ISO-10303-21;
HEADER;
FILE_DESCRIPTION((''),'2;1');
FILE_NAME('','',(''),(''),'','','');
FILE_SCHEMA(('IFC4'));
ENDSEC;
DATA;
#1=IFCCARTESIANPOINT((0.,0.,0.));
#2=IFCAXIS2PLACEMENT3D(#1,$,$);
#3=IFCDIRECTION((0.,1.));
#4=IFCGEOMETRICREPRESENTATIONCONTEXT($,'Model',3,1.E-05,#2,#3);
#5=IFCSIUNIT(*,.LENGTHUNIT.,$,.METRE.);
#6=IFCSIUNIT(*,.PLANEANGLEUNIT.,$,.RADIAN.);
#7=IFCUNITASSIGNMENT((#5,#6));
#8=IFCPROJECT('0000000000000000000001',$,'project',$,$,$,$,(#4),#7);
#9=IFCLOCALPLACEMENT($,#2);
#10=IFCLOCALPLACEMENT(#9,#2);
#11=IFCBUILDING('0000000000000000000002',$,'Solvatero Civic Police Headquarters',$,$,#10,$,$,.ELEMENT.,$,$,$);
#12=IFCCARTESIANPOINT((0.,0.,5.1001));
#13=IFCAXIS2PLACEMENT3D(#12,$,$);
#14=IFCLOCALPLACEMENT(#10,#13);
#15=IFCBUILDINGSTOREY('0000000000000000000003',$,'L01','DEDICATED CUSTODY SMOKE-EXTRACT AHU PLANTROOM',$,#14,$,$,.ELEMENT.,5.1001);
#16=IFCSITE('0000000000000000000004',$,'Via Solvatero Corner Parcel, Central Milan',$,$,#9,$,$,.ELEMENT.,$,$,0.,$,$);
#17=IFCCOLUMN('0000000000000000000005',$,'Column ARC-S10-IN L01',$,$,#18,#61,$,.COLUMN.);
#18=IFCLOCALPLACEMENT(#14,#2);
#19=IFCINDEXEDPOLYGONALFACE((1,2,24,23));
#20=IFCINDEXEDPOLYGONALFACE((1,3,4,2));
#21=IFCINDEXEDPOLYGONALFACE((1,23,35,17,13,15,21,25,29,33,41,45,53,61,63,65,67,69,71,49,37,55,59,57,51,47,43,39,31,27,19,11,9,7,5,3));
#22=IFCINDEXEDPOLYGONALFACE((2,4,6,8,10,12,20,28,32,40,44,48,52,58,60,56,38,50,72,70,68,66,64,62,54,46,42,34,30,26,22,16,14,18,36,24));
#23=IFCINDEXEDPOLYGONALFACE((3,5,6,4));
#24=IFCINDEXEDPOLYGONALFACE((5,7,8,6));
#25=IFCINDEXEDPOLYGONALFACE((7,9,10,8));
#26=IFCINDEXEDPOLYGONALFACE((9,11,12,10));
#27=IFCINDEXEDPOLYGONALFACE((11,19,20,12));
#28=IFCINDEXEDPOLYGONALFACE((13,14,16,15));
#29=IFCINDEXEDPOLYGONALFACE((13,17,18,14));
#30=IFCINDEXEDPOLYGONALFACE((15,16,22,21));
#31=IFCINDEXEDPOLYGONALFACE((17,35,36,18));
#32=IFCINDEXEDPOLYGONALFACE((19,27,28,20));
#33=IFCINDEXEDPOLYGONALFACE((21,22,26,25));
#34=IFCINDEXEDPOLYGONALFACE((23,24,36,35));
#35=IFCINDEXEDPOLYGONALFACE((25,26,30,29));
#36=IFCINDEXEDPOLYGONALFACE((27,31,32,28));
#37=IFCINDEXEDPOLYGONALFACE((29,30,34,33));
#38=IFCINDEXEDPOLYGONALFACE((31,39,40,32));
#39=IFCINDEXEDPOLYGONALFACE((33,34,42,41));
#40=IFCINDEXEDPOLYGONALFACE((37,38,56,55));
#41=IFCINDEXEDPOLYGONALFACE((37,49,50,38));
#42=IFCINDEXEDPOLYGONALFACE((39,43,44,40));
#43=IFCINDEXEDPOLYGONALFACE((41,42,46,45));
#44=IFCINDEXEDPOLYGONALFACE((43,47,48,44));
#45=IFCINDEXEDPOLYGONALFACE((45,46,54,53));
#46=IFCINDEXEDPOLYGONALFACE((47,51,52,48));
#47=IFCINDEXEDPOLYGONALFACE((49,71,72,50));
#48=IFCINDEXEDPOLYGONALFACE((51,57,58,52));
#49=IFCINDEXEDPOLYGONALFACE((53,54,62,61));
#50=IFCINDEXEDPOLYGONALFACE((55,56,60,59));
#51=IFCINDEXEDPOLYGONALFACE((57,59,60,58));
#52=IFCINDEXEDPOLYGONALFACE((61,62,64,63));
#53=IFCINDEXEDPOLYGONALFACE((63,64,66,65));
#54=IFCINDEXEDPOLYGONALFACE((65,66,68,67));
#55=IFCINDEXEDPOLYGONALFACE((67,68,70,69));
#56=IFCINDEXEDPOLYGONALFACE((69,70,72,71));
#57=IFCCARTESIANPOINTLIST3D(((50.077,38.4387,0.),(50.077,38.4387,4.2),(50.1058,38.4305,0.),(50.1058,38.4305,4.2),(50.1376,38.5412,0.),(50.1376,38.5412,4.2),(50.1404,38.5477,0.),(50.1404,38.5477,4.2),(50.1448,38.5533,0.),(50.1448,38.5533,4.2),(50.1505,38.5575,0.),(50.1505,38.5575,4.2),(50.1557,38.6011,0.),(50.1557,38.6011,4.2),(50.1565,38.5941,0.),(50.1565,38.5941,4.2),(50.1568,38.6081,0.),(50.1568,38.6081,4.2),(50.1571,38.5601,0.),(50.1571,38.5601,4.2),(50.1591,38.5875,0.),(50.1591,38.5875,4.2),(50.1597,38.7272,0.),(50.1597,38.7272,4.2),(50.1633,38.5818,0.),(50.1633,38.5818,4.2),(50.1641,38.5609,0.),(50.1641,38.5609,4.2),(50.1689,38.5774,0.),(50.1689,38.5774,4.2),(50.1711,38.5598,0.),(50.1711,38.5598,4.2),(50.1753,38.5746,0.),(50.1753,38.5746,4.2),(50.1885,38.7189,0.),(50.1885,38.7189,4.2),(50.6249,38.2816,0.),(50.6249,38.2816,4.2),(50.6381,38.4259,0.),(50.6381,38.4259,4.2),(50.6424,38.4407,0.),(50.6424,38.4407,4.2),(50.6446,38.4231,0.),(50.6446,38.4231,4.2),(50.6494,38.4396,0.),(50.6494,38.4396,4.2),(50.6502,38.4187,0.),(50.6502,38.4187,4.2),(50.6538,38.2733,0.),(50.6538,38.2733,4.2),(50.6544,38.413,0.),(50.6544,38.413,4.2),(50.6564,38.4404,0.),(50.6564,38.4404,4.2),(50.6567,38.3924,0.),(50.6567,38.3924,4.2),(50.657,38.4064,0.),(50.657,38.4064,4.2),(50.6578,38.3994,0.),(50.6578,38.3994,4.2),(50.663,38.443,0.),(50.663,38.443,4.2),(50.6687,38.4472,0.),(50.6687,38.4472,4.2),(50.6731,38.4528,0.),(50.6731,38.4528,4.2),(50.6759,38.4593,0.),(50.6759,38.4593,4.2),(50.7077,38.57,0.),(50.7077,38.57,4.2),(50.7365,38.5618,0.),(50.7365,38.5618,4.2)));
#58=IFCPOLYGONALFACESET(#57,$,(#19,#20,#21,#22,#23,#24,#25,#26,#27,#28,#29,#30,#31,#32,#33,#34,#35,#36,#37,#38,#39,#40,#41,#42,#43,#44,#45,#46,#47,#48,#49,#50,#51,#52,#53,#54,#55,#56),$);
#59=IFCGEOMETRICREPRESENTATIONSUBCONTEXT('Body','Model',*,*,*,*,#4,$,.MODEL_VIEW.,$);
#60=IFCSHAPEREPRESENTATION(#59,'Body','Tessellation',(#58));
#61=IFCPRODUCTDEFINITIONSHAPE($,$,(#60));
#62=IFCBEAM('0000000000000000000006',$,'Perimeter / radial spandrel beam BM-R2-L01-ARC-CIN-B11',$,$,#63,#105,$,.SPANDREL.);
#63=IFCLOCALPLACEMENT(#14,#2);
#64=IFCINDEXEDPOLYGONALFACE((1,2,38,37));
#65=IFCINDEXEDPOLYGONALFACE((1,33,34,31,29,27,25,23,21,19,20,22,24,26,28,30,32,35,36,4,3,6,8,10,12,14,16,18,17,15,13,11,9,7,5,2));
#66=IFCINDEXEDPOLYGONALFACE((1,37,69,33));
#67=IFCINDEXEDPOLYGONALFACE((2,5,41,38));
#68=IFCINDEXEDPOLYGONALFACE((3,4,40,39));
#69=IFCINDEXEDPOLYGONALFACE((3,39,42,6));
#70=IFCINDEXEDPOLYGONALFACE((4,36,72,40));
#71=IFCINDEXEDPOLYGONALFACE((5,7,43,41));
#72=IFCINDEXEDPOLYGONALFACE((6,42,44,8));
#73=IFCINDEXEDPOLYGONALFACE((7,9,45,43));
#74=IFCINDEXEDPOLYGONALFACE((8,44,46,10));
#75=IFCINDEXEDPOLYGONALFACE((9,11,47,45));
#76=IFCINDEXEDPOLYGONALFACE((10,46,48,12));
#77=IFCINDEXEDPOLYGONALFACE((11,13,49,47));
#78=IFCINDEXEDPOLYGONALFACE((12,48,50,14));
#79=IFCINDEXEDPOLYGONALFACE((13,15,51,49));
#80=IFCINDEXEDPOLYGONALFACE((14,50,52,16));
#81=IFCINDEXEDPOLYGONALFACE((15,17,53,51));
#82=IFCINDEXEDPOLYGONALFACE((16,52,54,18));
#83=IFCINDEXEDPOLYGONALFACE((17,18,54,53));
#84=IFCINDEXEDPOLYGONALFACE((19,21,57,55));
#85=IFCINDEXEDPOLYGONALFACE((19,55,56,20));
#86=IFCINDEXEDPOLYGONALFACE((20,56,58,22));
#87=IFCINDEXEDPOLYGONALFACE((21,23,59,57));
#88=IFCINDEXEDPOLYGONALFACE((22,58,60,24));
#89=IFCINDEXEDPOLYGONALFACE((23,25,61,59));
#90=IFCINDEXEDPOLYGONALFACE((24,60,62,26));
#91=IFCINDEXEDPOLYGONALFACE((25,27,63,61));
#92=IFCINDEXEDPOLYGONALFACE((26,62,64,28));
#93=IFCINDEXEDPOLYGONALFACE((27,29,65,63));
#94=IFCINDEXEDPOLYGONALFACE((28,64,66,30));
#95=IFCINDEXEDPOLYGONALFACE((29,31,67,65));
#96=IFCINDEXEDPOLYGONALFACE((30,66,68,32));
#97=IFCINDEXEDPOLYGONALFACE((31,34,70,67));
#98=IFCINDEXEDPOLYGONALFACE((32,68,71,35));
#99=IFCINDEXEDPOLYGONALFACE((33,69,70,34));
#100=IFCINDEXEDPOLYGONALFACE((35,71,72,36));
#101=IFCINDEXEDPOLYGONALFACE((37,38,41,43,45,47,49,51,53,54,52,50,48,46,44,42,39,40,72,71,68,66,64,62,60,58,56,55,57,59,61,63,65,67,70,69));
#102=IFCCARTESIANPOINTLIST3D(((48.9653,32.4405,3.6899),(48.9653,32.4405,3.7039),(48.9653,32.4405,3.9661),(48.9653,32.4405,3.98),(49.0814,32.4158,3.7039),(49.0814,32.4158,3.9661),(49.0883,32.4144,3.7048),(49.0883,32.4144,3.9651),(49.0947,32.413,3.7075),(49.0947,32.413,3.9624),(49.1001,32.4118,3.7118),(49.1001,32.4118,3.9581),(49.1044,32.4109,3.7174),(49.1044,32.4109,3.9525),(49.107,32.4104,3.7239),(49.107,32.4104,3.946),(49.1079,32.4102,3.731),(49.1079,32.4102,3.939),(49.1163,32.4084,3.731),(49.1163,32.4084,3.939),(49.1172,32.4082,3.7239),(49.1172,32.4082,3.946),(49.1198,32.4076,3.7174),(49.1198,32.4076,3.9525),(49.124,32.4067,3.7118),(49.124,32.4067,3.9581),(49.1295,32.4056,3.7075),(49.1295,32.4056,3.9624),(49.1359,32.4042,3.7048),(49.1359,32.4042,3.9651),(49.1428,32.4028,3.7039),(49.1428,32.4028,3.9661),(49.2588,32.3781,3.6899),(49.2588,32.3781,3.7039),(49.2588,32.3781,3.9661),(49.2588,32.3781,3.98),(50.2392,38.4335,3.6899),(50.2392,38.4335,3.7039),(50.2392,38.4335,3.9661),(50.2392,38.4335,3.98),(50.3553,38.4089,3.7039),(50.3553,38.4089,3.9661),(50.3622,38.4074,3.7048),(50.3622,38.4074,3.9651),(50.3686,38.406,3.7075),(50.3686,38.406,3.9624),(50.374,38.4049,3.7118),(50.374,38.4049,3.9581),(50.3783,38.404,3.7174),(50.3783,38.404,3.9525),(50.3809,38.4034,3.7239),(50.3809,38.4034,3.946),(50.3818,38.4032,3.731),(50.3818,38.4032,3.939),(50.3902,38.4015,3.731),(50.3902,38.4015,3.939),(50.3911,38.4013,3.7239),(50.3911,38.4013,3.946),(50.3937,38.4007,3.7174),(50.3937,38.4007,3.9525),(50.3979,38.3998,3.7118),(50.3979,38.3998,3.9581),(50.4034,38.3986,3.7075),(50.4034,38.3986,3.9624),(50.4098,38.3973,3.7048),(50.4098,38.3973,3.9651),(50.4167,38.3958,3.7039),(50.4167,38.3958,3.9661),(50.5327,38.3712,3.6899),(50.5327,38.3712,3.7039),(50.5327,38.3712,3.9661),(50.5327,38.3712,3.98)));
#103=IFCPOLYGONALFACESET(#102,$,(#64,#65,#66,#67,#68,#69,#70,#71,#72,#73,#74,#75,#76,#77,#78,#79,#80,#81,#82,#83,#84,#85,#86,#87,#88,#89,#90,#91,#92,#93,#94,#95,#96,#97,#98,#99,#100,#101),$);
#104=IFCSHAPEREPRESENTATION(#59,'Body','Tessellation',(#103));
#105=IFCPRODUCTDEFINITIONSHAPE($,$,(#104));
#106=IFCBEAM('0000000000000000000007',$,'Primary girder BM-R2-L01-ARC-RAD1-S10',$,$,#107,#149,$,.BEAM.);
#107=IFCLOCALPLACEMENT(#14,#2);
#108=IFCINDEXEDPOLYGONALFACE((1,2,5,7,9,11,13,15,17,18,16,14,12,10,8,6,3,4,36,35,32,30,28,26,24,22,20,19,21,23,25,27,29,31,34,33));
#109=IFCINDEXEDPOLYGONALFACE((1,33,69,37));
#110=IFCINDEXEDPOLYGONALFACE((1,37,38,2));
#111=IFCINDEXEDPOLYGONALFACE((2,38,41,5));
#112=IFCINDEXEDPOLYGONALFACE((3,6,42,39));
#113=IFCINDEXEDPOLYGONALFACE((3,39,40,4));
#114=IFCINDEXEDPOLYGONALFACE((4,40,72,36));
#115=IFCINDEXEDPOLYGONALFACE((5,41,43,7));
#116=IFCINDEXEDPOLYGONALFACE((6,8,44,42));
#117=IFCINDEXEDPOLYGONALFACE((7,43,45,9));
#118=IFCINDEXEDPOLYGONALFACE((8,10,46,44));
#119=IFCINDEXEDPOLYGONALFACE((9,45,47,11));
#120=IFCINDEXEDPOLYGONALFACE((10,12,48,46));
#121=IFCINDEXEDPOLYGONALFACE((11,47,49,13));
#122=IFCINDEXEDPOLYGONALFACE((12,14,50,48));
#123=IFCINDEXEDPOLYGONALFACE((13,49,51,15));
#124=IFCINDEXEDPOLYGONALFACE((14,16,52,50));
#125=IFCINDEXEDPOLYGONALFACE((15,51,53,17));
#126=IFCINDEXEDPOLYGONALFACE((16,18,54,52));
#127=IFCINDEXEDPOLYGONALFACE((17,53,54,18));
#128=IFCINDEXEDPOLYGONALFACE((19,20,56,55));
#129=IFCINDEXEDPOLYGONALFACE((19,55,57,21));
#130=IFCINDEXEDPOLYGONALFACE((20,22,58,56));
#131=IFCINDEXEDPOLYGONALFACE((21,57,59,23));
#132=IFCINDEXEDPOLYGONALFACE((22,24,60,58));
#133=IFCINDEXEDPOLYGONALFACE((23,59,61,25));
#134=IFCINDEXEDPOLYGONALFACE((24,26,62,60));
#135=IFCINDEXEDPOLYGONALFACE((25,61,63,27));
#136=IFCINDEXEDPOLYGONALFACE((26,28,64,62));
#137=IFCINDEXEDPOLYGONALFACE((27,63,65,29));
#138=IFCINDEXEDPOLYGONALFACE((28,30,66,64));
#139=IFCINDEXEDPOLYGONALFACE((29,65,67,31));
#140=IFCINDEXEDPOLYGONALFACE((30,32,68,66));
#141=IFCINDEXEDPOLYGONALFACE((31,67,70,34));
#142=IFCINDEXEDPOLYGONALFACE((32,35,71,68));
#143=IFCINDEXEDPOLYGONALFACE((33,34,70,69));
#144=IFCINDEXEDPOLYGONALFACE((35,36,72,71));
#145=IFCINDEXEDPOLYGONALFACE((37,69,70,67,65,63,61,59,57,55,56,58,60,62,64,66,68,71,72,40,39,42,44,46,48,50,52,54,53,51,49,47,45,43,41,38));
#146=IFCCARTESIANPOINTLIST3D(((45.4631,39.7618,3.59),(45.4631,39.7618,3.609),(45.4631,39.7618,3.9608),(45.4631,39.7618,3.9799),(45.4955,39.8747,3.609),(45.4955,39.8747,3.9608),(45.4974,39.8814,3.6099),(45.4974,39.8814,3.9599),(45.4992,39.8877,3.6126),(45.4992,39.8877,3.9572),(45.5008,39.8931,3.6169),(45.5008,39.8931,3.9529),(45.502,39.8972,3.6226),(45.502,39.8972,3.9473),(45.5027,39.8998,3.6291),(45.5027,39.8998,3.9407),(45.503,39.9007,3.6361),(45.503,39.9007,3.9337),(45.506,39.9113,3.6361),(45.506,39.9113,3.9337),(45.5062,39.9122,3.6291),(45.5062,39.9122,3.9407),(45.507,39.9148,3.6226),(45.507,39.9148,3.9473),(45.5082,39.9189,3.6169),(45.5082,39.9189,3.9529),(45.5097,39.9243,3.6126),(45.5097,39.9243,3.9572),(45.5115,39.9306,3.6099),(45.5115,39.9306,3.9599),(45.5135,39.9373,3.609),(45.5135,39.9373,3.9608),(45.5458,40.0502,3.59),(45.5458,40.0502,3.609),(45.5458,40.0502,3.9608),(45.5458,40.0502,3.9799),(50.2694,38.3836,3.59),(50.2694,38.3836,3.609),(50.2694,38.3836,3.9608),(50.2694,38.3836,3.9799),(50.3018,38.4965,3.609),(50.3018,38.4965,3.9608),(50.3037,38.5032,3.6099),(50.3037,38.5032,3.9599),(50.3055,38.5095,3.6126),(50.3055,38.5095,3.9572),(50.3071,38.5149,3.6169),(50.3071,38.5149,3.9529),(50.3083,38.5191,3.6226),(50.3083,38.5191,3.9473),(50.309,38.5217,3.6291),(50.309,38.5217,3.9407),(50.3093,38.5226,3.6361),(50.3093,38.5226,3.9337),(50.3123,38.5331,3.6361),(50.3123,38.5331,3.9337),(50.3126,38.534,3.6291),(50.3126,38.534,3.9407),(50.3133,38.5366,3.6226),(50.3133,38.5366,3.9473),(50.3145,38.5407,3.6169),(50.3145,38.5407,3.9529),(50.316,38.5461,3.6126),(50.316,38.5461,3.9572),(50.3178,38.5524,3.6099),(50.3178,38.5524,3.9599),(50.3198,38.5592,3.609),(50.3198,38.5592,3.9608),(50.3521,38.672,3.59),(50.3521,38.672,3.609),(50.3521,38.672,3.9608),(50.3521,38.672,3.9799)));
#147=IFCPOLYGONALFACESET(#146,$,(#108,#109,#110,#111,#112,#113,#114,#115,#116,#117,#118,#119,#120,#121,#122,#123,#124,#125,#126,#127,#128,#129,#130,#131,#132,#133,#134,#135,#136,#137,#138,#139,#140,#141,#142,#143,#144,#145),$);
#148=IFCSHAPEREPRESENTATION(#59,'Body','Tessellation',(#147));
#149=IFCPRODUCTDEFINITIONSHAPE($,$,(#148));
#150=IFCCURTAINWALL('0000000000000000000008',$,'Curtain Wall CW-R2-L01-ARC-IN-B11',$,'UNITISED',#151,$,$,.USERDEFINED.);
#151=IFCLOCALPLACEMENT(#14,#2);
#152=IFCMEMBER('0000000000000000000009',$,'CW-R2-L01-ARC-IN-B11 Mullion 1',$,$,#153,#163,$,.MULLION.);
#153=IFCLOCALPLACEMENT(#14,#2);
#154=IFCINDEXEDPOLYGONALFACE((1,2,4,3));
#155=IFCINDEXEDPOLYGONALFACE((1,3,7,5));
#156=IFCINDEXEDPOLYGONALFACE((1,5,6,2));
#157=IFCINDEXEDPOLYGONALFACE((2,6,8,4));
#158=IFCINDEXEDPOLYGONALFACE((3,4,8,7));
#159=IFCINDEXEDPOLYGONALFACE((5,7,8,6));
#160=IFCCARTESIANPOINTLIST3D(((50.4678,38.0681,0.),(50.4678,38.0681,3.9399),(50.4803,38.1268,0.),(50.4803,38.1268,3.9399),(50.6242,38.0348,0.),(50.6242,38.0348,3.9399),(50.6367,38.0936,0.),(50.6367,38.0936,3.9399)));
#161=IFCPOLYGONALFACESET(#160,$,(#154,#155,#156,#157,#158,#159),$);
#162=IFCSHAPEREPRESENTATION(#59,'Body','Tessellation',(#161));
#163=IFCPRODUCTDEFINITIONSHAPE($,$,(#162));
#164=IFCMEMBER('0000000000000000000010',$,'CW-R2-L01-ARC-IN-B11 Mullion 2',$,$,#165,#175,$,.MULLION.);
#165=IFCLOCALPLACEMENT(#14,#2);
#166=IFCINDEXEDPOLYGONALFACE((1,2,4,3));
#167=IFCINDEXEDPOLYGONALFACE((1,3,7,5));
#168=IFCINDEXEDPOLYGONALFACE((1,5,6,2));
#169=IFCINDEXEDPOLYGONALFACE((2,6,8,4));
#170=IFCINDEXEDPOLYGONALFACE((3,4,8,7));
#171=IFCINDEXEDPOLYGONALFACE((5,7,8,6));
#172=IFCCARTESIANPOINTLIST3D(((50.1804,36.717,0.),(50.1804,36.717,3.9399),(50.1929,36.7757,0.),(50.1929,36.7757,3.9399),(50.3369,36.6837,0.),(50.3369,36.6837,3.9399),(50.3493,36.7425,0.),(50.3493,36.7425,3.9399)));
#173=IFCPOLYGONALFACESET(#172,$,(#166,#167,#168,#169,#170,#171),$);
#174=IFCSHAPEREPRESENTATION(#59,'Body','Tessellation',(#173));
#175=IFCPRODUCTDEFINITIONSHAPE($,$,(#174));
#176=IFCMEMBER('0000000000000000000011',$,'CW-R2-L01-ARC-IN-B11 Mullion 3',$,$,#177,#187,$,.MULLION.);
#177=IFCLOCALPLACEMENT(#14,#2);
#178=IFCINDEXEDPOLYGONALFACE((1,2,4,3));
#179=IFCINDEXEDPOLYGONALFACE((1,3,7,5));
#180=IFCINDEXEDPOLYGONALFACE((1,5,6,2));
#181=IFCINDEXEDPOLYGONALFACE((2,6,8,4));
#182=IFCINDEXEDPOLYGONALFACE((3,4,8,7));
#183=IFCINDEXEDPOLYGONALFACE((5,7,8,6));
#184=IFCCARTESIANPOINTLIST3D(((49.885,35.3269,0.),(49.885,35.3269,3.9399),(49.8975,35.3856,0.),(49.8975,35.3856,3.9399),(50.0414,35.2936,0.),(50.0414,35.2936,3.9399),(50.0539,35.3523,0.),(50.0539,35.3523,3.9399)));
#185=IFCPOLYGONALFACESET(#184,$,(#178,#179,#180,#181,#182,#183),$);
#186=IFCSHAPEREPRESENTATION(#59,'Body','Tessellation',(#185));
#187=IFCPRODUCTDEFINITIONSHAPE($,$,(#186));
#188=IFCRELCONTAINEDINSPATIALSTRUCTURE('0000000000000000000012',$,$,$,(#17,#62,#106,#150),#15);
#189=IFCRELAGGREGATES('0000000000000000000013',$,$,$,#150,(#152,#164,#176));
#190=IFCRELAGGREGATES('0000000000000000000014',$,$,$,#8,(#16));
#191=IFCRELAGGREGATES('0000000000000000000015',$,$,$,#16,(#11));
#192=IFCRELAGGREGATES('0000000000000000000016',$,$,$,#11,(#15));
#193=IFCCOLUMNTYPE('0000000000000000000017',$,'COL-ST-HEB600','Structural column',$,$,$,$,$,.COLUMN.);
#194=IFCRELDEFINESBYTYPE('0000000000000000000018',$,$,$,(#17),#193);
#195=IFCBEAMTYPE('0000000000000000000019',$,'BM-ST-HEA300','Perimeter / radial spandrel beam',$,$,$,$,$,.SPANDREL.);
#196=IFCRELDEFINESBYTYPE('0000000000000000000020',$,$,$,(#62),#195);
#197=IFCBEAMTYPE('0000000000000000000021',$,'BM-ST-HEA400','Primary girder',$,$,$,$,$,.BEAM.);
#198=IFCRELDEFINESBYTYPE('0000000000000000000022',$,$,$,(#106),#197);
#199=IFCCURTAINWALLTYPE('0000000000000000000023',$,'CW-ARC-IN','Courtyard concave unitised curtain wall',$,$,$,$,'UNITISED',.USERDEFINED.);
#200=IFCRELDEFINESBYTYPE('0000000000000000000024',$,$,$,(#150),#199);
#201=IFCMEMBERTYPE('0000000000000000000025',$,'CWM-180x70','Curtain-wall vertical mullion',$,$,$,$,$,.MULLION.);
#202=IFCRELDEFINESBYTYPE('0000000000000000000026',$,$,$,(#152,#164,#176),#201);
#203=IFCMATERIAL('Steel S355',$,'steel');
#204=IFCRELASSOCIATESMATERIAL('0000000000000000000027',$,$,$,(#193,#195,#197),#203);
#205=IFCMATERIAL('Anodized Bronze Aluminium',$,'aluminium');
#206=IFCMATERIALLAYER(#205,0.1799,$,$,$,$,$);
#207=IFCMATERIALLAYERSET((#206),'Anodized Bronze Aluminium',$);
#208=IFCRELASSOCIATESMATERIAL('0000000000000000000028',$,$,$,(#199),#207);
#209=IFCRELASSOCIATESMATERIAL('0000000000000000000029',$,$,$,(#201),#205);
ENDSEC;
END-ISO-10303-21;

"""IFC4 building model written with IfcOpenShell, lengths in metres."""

from ifc_helpers import new_model, si_unit, direction, frame, origin, origin_2d, place, context, subcontext, project, spatial, rectangle, i_section, extrude, material, layer, layer_set, material_profile, profile_set, type_object, element, aggregate, save


model = new_model("IFC4")

# Units and contexts
model_context = context("Model", 3, precision=1e-05, world=origin(), true_north=direction((0.0, 1.0)))
body_context = subcontext(model_context, "Body", "Model", "MODEL_VIEW")
ifc_project = project(units=[si_unit("LENGTHUNIT", "METRE"), si_unit("PLANEANGLEUNIT", "RADIAN")], contexts=[model_context])

# Site, building, storey
site_placement = place(None, origin())
site = spatial("IfcSite", under=ifc_project, at=site_placement, Name="Via Solvatero Corner Parcel, Central Milan", CompositionType="ELEMENT", RefElevation=0.0)
building_placement = place(site_placement, origin())
building = spatial("IfcBuilding", under=site, at=building_placement, Name="Solvatero Civic Police Headquarters", CompositionType="ELEMENT")
storey_placement = place(building_placement, frame((0.0, 0.0, 5.1001)))
storey = spatial("IfcBuildingStorey", under=building, at=storey_placement, Name="L01", Description="DEDICATED CUSTODY SMOKE-EXTRACT AHU PLANTROOM", CompositionType="ELEMENT", Elevation=5.1001)

# Column
ifc_material_1 = material(Name="Steel S355", Category="steel")
ifc_material_profile_1 = material_profile(ifc_material_1, i_section(OverallWidth=0.3, OverallDepth=0.6001, WebThickness=0.0154, FlangeThickness=0.03, FilletRadius=0.0271, at=origin_2d()), Name="HEB 600")
ifc_profile_set_1 = profile_set([ifc_material_profile_1], Name="Steel S355")
column_type = type_object("IfcColumnType", Name="COL-ST-HEB600", Description="Structural column", PredefinedType="COLUMN", material=ifc_profile_set_1)
column_placement = place(storey_placement, frame((50.4067, 38.5002, 0.0), z_axis=(0.0, 0.0, 1.0), x_axis=(0.275637, 0.961262, 0.0)))
element("IfcColumn", 1, at=column_placement, inside=storey, type_object=column_type, Name="Column ARC-S10-IN L01", PredefinedType="COLUMN", context=body_context, shape_type="SweptSolid", body=[
    extrude(i_section(OverallWidth=0.3, OverallDepth=0.6001, WebThickness=0.0154, FlangeThickness=0.03, FilletRadius=0.0271, at=origin_2d()), origin(), (0.0, 0.0, 1.0), 4.2),
])

# Beams
ifc_material_profile_2 = material_profile(ifc_material_1, i_section(OverallWidth=0.3, OverallDepth=0.29, WebThickness=0.0085, FlangeThickness=0.0139, FilletRadius=0.0271, at=origin_2d()), Name="HEA 300")
ifc_profile_set_2 = profile_set([ifc_material_profile_2], Name="Steel S355")
beam_type_1 = type_object("IfcBeamType", Name="BM-ST-HEA300", Description="Perimeter / radial spandrel beam", PredefinedType="SPANDREL", material=ifc_profile_set_2)
beam_1_placement = place(storey_placement, frame((50.386, 38.4023, 3.835), z_axis=(-0.207918, -0.978146, 0.0), x_axis=(0.978146, -0.207918, 0.0)))
element("IfcBeam", 2, at=beam_1_placement, inside=storey, type_object=beam_type_1, Name="Perimeter / radial spandrel beam BM-R2-L01-ARC-CIN-B11", PredefinedType="SPANDREL", context=body_context, shape_type="SweptSolid", body=[
    extrude(i_section(OverallWidth=0.3, OverallDepth=0.29, WebThickness=0.0085, FlangeThickness=0.0139, FilletRadius=0.0271, at=origin_2d()), origin(), (0.0, 0.0, 1.0), 6.127),
])
ifc_material_profile_3 = material_profile(ifc_material_1, i_section(OverallWidth=0.3, OverallDepth=0.3899, WebThickness=0.011, FlangeThickness=0.019, FilletRadius=0.0271, at=origin_2d()), Name="HEA 400")
ifc_profile_set_3 = profile_set([ifc_material_profile_3], Name="Steel S355")
beam_type_2 = type_object("IfcBeamType", Name="BM-ST-HEA400", Description="Primary girder", PredefinedType="BEAM", material=ifc_profile_set_3)
beam_2_placement = place(storey_placement, frame((50.3108, 38.5278, 3.7849), z_axis=(-0.961264, 0.27563, 0.0), x_axis=(-0.27563, -0.961264, 0.0)))
element("IfcBeam", 3, at=beam_2_placement, inside=storey, type_object=beam_type_2, Name="Primary girder BM-R2-L01-ARC-RAD1-S10", PredefinedType="BEAM", context=body_context, shape_type="SweptSolid", body=[
    extrude(i_section(OverallWidth=0.3, OverallDepth=0.3899, WebThickness=0.011, FlangeThickness=0.019, FilletRadius=0.0271, at=origin_2d()), origin(), (0.0, 0.0, 1.0), 5.0),
])

# Curtain wall, members
ifc_material_2 = material(Name="Anodized Bronze Aluminium", Category="aluminium")
ifc_layer_1 = layer(ifc_material_2, 0.1799)
ifc_layer_set_1 = layer_set([ifc_layer_1], Name="Anodized Bronze Aluminium")
curtain_wall_type = type_object("IfcCurtainWallType", Name="CW-ARC-IN", Description="Courtyard concave unitised curtain wall", ElementType="UNITISED", PredefinedType="USERDEFINED", material=ifc_layer_set_1)
curtain_wall_1_placement = place(storey_placement, origin())
curtain_wall_1 = element("IfcCurtainWall", 4, at=curtain_wall_1_placement, inside=storey, type_object=curtain_wall_type, Name="Curtain Wall CW-R2-L01-ARC-IN-B11", ObjectType="UNITISED", PredefinedType="USERDEFINED")
ifc_material_profile_4 = material_profile(ifc_material_2, rectangle(XDim=0.0601, YDim=0.1599, at=origin_2d()), Name="ALU MULLION 60x160")
ifc_profile_set_4 = profile_set([ifc_material_profile_4], Name="Anodized Bronze Aluminium")
member_type_1 = type_object("IfcMemberType", Name="CWM-180x70", Description="Curtain-wall vertical mullion", PredefinedType="MULLION", material=ifc_profile_set_4)
member_1_placement = place(storey_placement, frame((50.5522, 38.0808, 0.0), z_axis=(0.0, 0.0, 1.0), x_axis=(-0.207912, -0.978148, 0.0)))
member_1 = element("IfcMember", 5, at=member_1_placement, type_object=member_type_1, Name="CW-R2-L01-ARC-IN-B11 Mullion 1", PredefinedType="MULLION", context=body_context, shape_type="SweptSolid", body=[
    extrude(rectangle(XDim=0.0601, YDim=0.1599, at=origin_2d()), origin(), (0.0, 0.0, 1.0), 3.9399),
])
member_2_placement = place(storey_placement, frame((50.2649, 36.7297, 0.0), z_axis=(0.0, 0.0, 1.0), x_axis=(-0.207912, -0.978148, 0.0)))
member_2 = element("IfcMember", 6, at=member_2_placement, type_object=member_type_1, Name="CW-R2-L01-ARC-IN-B11 Mullion 2", PredefinedType="MULLION", context=body_context, shape_type="SweptSolid", body=[
    extrude(rectangle(XDim=0.0601, YDim=0.1599, at=origin_2d()), origin(), (0.0, 0.0, 1.0), 3.9399),
])
member_3_placement = place(storey_placement, frame((49.9695, 35.3396, 0.0), z_axis=(0.0, 0.0, 1.0), x_axis=(-0.207912, -0.978148, 0.0)))
member_3 = element("IfcMember", 7, at=member_3_placement, type_object=member_type_1, Name="CW-R2-L01-ARC-IN-B11 Mullion 3", PredefinedType="MULLION", context=body_context, shape_type="SweptSolid", body=[
    extrude(rectangle(XDim=0.0601, YDim=0.1599, at=origin_2d()), origin(), (0.0, 0.0, 1.0), 3.9399),
])

aggregate(curtain_wall_1, [member_1, member_2, member_3])

save(model, "model.ifc")
